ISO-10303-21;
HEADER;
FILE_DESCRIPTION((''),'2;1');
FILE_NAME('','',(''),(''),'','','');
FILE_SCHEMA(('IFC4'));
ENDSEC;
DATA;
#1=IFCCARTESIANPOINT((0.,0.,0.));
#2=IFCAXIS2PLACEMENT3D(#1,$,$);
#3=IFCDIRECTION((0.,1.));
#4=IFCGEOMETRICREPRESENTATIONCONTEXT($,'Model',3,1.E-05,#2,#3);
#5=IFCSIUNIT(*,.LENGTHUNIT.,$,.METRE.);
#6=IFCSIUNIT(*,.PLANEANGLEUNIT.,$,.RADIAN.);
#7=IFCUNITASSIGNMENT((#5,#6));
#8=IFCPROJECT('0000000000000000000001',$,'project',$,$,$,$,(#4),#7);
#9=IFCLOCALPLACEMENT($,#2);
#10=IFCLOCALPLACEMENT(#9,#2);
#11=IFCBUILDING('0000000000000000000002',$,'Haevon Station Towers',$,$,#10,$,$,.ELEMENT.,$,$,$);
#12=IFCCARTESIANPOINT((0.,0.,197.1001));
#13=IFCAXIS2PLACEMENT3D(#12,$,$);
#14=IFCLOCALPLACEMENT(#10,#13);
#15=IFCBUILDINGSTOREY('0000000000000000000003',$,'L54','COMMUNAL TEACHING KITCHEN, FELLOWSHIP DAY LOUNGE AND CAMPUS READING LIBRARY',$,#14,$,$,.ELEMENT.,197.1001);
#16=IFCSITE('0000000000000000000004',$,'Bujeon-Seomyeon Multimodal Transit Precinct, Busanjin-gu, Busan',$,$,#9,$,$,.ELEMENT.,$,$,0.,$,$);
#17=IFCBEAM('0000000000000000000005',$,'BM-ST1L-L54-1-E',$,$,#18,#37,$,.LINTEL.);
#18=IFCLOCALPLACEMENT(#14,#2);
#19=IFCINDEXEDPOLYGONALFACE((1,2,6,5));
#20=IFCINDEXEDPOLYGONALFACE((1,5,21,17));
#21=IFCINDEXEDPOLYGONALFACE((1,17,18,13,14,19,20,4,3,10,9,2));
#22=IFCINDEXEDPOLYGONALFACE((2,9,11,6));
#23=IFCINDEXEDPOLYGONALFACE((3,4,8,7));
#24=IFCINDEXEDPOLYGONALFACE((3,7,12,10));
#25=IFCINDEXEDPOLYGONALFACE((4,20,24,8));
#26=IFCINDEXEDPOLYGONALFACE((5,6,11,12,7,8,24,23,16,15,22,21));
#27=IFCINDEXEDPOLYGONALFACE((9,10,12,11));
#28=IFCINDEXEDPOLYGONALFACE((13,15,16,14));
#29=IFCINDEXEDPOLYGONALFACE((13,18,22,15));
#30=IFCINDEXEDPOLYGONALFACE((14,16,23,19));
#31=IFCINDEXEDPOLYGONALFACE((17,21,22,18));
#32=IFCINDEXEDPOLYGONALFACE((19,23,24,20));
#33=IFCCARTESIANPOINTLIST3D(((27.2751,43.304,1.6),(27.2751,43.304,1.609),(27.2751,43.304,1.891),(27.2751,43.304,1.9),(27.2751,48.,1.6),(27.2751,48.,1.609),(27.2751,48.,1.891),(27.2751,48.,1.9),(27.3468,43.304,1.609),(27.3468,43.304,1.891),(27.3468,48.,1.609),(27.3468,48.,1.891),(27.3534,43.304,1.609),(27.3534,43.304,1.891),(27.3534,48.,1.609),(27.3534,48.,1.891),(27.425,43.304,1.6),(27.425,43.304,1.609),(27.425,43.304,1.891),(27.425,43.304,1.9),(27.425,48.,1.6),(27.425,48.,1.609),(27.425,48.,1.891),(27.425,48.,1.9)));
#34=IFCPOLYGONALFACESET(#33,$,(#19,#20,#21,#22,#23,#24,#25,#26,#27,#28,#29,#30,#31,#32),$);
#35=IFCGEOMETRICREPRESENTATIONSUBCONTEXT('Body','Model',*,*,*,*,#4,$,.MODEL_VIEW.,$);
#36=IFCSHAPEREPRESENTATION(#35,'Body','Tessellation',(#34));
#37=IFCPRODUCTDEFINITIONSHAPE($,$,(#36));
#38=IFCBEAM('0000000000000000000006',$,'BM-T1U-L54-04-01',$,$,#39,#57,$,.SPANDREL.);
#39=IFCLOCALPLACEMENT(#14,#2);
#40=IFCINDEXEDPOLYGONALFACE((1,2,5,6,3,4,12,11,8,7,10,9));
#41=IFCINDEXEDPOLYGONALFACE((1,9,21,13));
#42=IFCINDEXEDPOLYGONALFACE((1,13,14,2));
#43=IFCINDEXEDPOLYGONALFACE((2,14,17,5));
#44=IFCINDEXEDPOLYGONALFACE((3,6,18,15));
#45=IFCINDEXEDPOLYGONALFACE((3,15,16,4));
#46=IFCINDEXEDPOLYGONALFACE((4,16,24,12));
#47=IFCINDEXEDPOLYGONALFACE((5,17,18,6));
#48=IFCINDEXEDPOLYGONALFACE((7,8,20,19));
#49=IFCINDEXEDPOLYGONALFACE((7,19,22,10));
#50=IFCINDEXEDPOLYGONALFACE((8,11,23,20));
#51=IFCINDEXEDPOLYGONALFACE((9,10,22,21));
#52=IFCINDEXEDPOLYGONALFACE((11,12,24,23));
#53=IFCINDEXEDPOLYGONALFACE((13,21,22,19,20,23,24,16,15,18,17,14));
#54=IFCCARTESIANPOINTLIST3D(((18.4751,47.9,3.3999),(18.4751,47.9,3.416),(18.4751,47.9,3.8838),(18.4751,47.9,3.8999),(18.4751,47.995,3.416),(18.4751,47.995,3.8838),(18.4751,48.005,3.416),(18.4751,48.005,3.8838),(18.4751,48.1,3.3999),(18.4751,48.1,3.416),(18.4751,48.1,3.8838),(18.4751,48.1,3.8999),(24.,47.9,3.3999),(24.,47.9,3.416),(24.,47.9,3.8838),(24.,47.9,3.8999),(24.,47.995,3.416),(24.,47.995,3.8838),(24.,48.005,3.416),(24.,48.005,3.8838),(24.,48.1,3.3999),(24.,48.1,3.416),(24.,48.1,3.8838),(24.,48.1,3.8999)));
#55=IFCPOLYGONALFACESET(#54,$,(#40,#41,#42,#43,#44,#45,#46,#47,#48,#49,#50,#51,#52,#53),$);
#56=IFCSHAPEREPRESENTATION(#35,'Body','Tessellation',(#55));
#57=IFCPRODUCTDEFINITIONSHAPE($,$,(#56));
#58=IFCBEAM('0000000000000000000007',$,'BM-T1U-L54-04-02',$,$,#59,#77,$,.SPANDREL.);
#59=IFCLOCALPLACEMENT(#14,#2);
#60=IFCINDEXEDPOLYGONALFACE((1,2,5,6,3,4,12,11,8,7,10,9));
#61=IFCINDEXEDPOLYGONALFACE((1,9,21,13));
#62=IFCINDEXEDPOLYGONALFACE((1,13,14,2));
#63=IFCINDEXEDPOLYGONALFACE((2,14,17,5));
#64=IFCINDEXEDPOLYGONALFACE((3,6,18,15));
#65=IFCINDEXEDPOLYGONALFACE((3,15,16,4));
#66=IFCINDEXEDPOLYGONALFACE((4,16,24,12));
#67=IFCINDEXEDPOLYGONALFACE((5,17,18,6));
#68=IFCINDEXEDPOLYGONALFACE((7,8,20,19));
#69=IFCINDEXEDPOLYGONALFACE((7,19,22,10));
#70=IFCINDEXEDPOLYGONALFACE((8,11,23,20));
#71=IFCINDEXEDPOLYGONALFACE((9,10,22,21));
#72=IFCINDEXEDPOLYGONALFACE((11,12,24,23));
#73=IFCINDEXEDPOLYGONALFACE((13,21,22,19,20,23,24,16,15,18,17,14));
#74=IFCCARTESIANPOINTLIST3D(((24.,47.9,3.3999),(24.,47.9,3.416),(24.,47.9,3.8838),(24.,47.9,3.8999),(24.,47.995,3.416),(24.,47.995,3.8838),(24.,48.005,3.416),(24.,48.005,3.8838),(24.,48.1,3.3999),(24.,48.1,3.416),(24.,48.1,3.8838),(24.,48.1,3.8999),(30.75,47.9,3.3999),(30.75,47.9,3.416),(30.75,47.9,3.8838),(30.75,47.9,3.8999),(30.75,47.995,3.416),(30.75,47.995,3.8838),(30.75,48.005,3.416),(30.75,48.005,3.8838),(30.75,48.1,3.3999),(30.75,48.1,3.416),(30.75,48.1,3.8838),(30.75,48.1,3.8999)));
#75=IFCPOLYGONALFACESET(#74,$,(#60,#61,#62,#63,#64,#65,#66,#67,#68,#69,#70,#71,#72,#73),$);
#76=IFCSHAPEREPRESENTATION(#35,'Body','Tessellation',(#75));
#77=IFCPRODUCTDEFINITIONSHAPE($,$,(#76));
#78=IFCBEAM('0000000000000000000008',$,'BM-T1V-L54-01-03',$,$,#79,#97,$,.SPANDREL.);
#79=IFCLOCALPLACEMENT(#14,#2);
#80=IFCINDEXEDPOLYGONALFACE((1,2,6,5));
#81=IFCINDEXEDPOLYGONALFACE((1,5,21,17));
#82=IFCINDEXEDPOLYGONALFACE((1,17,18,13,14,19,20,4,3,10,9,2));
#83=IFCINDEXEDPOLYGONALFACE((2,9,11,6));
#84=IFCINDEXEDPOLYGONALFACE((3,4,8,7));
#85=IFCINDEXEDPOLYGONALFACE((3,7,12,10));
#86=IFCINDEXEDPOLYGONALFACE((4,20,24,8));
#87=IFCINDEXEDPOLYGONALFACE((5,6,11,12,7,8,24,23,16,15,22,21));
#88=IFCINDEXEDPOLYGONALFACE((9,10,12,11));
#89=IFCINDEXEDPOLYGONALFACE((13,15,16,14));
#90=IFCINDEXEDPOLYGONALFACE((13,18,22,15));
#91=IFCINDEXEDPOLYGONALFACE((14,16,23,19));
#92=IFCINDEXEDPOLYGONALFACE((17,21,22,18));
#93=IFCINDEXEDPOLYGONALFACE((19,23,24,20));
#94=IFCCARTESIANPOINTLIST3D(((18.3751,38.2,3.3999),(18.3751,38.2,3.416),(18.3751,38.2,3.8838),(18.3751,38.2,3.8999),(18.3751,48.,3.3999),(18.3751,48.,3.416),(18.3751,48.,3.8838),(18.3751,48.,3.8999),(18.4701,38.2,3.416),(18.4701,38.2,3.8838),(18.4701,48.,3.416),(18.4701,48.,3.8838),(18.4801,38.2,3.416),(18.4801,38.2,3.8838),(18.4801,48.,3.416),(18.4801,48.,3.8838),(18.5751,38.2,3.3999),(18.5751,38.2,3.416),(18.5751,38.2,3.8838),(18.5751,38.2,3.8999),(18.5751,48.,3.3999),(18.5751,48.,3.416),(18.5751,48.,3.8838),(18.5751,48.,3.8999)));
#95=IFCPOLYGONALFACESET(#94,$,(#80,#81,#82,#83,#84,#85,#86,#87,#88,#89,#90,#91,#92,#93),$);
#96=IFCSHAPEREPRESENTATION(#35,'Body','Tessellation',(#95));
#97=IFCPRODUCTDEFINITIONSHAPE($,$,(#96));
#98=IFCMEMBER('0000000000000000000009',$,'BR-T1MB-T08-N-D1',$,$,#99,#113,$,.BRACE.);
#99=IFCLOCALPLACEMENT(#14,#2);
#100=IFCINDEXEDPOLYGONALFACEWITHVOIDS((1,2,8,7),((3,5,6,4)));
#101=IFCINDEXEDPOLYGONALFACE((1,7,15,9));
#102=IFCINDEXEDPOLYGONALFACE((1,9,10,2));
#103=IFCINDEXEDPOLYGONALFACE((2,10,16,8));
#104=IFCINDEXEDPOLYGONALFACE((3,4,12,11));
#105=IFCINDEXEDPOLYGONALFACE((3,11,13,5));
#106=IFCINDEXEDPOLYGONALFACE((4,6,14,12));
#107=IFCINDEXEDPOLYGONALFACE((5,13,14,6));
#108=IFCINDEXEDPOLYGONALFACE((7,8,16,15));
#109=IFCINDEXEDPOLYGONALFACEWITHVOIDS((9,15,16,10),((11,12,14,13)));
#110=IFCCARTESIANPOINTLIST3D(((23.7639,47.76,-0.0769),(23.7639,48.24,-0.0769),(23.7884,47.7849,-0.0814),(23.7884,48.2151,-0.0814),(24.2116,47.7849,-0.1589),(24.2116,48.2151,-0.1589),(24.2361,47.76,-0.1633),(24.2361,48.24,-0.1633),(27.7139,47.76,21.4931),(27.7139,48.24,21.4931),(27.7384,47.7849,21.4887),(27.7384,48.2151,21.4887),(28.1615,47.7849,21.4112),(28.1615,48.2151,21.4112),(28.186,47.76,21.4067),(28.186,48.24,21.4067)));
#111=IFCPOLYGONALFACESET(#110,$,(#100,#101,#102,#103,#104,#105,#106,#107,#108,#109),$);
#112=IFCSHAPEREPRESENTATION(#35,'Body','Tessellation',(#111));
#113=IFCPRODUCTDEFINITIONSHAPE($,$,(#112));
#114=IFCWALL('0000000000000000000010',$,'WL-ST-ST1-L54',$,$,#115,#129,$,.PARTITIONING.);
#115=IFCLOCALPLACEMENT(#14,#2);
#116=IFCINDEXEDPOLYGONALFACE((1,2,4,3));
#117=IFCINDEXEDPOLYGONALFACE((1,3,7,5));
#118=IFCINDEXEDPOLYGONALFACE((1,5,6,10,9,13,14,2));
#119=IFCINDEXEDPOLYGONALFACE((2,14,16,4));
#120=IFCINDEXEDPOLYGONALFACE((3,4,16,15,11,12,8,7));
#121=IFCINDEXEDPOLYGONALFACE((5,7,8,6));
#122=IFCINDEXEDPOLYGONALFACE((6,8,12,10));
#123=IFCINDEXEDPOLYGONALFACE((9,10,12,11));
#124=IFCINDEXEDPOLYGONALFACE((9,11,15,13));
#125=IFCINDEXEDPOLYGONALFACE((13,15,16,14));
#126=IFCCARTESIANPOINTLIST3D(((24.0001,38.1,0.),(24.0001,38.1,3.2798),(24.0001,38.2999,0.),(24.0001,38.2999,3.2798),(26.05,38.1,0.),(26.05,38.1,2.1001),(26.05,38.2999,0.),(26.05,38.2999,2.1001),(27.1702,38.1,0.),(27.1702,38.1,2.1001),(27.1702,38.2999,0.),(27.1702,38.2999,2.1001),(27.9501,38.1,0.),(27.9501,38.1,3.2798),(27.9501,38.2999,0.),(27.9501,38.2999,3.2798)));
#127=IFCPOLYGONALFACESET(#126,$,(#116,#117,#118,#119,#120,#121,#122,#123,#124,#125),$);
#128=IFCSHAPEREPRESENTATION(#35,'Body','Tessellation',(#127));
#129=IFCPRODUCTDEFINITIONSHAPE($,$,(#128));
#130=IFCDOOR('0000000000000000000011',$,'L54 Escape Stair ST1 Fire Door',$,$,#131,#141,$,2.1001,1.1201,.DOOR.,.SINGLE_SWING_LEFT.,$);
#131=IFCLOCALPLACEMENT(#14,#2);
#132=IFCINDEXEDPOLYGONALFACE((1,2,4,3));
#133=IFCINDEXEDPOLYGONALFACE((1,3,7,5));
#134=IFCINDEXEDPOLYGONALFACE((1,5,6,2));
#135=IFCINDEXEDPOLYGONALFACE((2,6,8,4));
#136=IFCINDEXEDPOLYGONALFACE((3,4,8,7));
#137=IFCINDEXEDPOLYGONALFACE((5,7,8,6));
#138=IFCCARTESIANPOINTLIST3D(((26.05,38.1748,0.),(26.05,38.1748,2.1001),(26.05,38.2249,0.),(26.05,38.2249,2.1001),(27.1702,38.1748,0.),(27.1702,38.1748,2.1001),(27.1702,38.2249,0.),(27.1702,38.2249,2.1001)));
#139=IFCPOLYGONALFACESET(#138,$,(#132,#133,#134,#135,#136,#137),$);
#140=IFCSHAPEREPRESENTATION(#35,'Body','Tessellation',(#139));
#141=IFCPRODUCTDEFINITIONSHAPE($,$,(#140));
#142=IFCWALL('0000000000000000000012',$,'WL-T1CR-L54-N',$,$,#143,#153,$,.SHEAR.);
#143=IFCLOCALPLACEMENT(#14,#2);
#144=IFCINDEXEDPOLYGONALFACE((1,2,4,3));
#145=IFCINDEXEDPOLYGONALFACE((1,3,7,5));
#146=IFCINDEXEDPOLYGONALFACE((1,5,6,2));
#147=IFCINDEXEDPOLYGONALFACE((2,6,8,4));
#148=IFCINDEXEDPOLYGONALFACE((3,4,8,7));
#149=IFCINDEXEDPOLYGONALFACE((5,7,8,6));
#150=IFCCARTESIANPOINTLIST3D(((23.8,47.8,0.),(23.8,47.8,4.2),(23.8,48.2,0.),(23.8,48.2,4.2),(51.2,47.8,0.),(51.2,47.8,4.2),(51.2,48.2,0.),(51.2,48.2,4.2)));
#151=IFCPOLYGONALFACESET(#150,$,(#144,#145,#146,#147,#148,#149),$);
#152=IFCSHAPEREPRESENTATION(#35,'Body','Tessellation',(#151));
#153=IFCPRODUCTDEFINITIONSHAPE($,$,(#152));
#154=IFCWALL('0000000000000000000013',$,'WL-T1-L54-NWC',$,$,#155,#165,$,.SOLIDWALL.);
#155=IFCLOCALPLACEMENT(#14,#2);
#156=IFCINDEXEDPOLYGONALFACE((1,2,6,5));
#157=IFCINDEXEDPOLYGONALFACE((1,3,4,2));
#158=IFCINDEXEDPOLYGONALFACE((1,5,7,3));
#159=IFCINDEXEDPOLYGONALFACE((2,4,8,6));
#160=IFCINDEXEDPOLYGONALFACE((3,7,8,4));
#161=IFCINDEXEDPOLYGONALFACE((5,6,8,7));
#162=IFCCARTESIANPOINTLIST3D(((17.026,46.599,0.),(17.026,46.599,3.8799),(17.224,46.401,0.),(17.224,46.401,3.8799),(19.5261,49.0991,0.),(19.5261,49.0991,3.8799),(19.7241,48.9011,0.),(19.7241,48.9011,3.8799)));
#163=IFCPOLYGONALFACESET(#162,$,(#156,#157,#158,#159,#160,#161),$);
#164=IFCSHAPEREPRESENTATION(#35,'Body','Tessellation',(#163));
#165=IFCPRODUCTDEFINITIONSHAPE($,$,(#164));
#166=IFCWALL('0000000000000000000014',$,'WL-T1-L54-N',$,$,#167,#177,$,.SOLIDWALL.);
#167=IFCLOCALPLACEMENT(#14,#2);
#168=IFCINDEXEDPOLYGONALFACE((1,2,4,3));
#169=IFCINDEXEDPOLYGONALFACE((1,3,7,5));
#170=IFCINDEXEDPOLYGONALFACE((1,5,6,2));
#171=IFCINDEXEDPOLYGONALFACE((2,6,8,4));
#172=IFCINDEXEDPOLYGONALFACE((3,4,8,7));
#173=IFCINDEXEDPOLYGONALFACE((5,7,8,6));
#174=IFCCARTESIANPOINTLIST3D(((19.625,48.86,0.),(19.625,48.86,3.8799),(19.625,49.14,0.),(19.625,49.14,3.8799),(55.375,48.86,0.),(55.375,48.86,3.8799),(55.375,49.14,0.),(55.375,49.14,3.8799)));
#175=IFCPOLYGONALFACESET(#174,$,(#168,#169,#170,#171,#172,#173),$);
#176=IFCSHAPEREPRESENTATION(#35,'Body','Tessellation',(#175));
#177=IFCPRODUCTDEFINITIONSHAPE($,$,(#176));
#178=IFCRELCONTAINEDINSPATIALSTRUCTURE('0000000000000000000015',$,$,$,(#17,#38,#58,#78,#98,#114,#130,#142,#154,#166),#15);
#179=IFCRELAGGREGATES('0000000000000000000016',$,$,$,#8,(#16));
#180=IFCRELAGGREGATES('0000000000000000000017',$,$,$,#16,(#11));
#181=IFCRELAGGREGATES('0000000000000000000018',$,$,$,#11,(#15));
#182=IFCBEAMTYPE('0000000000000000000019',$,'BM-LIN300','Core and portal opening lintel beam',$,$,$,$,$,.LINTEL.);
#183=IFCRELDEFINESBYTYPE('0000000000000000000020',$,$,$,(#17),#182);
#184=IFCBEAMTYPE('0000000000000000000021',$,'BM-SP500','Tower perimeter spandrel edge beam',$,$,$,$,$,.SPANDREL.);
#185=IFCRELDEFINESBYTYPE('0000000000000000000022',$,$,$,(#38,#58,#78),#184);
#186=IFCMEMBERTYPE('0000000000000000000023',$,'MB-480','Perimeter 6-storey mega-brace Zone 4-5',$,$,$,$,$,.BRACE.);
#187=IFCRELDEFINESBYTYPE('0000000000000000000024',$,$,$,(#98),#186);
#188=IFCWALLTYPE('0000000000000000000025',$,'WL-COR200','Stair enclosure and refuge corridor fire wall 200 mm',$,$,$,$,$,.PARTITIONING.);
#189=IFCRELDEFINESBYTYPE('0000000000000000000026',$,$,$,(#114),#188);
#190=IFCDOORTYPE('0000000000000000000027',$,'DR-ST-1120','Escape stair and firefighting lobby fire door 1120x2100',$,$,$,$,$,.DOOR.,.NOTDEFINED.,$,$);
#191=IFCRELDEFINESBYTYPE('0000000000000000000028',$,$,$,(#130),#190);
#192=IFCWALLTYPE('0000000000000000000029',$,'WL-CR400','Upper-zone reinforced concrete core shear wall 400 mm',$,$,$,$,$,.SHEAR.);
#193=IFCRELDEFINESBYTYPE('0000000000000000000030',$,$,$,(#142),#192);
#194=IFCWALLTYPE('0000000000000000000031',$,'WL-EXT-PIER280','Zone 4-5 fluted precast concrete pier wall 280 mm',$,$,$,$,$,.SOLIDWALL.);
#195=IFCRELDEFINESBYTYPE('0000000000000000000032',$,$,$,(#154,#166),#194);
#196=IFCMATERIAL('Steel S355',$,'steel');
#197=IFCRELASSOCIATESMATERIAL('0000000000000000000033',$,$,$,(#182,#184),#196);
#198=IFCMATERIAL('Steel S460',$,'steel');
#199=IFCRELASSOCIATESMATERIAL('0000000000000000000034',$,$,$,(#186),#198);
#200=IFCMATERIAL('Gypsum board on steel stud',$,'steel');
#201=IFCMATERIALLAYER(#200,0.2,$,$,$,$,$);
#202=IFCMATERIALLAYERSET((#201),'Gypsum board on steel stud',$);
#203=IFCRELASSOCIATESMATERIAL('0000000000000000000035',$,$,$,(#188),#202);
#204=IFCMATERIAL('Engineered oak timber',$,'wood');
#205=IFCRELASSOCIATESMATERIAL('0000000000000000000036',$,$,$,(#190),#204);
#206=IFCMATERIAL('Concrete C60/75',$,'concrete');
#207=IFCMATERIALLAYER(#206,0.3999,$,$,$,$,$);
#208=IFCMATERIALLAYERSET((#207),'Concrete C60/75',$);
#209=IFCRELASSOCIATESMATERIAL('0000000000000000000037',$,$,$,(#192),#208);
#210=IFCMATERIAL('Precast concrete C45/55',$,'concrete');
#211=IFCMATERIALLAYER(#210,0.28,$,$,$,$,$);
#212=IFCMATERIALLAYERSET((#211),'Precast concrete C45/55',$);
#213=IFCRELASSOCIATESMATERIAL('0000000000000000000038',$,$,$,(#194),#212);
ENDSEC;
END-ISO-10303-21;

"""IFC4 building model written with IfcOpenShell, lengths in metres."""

from ifc_helpers import new_model, si_unit, direction, frame, frame_2d, origin, origin_2d, place, context, subcontext, project, spatial, rectangle, hollow_rectangle, i_section, extrude, material, layer, layer_set, material_profile, profile_set, type_object, element, fill, save


model = new_model("IFC4")

# Units and contexts
model_context = context("Model", 3, precision=1e-05, world=origin(), true_north=direction((0.0, 1.0)))
body_context = subcontext(model_context, "Body", "Model", "MODEL_VIEW")
ifc_project = project(units=[si_unit("LENGTHUNIT", "METRE"), si_unit("PLANEANGLEUNIT", "RADIAN")], contexts=[model_context])

# Site, building, storey
site_placement = place(None, origin())
site = spatial("IfcSite", under=ifc_project, at=site_placement, Name="Bujeon-Seomyeon Multimodal Transit Precinct, Busanjin-gu, Busan", CompositionType="ELEMENT", RefElevation=0.0)
building_placement = place(site_placement, origin())
building = spatial("IfcBuilding", under=site, at=building_placement, Name="Haevon Station Towers", CompositionType="ELEMENT")
storey_placement = place(building_placement, frame((0.0, 0.0, 197.1001)))
storey = spatial("IfcBuildingStorey", under=building, at=storey_placement, Name="L54", Description="COMMUNAL TEACHING KITCHEN, FELLOWSHIP DAY LOUNGE AND CAMPUS READING LIBRARY", CompositionType="ELEMENT", Elevation=197.1001)

# Shared definitions
ifc_material_1 = material(Name="Steel S460", Category="steel")
ifc_material_2 = material(Name="Steel S355", Category="steel")

# Beams
ifc_material_profile_1 = material_profile(ifc_material_2, i_section(OverallWidth=0.1499, OverallDepth=0.3, WebThickness=0.0066, FlangeThickness=0.009, at=origin_2d()), Name="H-300x150x6.5x9")
ifc_profile_set_1 = profile_set([ifc_material_profile_1], Name="Steel S355")
beam_type_1 = type_object("IfcBeamType", Name="BM-LIN300", Description="Core and portal opening lintel beam", PredefinedType="LINTEL", material=ifc_profile_set_1)
for number, where, z_axis, x_axis, name in (
    (1, (27.3501, 43.304, 1.75), (0.0, 1.0, 0.0), (-1.0, 0.0, 0.0), "BM-ST1L-L54-1-E"),
):
    element("IfcBeam", number, at=place(storey_placement, frame(where, z_axis=z_axis, x_axis=x_axis)), inside=storey, type_object=beam_type_1, Name=name, PredefinedType="LINTEL", context=body_context, shape_type="SweptSolid", body=[
        extrude(i_section(OverallWidth=0.1499, OverallDepth=0.3, WebThickness=0.0066, FlangeThickness=0.009, at=origin_2d()), origin(), (0.0, 0.0, 1.0), 4.696),
    ])
ifc_material_profile_2 = material_profile(ifc_material_2, i_section(OverallWidth=0.2, OverallDepth=0.5, WebThickness=0.01, FlangeThickness=0.0161, at=origin_2d()), Name="H-500x200x10x16")
ifc_profile_set_2 = profile_set([ifc_material_profile_2], Name="Steel S355")
beam_type_2 = type_object("IfcBeamType", Name="BM-SP500", Description="Tower perimeter spandrel edge beam", PredefinedType="SPANDREL", material=ifc_profile_set_2)
beam_1_placement = place(storey_placement, frame((18.4751, 48.0, 3.6499), z_axis=(1.0, 0.0, 0.0), x_axis=(0.0, 1.0, 0.0)))
element("IfcBeam", 2, at=beam_1_placement, inside=storey, type_object=beam_type_2, Name="BM-T1U-L54-04-01", PredefinedType="SPANDREL", context=body_context, shape_type="SweptSolid", body=[
    extrude(i_section(OverallWidth=0.2, OverallDepth=0.5, WebThickness=0.01, FlangeThickness=0.0161, at=origin_2d()), origin(), (0.0, 0.0, 1.0), 5.5249),
])
beam_2_placement = place(storey_placement, frame((24.0, 48.0, 3.6499), z_axis=(1.0, 0.0, 0.0), x_axis=(0.0, 1.0, 0.0)))
element("IfcBeam", 3, at=beam_2_placement, inside=storey, type_object=beam_type_2, Name="BM-T1U-L54-04-02", PredefinedType="SPANDREL", context=body_context, shape_type="SweptSolid", body=[
    extrude(i_section(OverallWidth=0.2, OverallDepth=0.5, WebThickness=0.01, FlangeThickness=0.0161, at=origin_2d()), origin(), (0.0, 0.0, 1.0), 6.75),
])
beam_3_placement = place(storey_placement, frame((18.4751, 38.2, 3.6499), z_axis=(0.0, 1.0, 0.0), x_axis=(-1.0, 0.0, 0.0)))
element("IfcBeam", 4, at=beam_3_placement, inside=storey, type_object=beam_type_2, Name="BM-T1V-L54-01-03", PredefinedType="SPANDREL", context=body_context, shape_type="SweptSolid", body=[
    extrude(i_section(OverallWidth=0.2, OverallDepth=0.5, WebThickness=0.01, FlangeThickness=0.0161, at=origin_2d()), origin(), (0.0, 0.0, 1.0), 9.8),
])

# Member
ifc_material_profile_3 = material_profile(ifc_material_1, hollow_rectangle(XDim=0.48, YDim=0.48, WallThickness=0.0249, at=origin_2d()), Name="RHS-480x480x25")
ifc_profile_set_3 = profile_set([ifc_material_profile_3], Name="Steel S460")
member_type = type_object("IfcMemberType", Name="MB-480", Description="Perimeter 6-storey mega-brace Zone 4-5", PredefinedType="BRACE", material=ifc_profile_set_3)
member_placement = place(storey_placement, frame((24.0, 48.0, -0.1201), z_axis=(0.180127, 0.0, 0.983643), x_axis=(0.0, 1.0, 0.0)))
element("IfcMember", 5, at=member_placement, inside=storey, type_object=member_type, Name="BR-T1MB-T08-N-D1", PredefinedType="BRACE", context=body_context, shape_type="SweptSolid", body=[
    extrude(hollow_rectangle(XDim=0.48, YDim=0.48, WallThickness=0.0249, at=origin_2d()), origin(), (0.0, 0.0, 1.0), 21.9287),
])

# Wall, opening, door
ifc_material_3 = material(Name="Gypsum board on steel stud", Category="steel")
ifc_layer_1 = layer(ifc_material_3, 0.2)
ifc_layer_set_1 = layer_set([ifc_layer_1], Name="Gypsum board on steel stud")
wall_type_1 = type_object("IfcWallType", Name="WL-COR200", Description="Stair enclosure and refuge corridor fire wall 200 mm", PredefinedType="PARTITIONING", material=ifc_layer_set_1)
wall_1_placement = place(storey_placement, frame((24.0, 38.2, 0.0), z_axis=(0.0, 0.0, 1.0), x_axis=(1.0, 0.0, 0.0)))
wall_1 = element("IfcWall", 6, at=wall_1_placement, inside=storey, type_object=wall_type_1, Name="WL-ST-ST1-L54", PredefinedType="PARTITIONING", context=body_context, shape_type="SweptSolid", body=[
    extrude(rectangle(XDim=3.95, YDim=0.2, at=frame_2d((1.9751, 0.0))), origin(), (0.0, 0.0, 1.0), 3.2798),
])
opening_placement = place(wall_1_placement, frame((2.05, 0.0, 0.0)))
opening = element("IfcOpeningElement", 7, at=opening_placement, cuts=wall_1, PredefinedType="OPENING", context=body_context, shape_type="SweptSolid", body=[
    extrude(rectangle(XDim=1.1201, YDim=2.1001, at=frame_2d((0.5601, 1.05))), frame((0.0, 0.1099, 0.0), z_axis=(0.0, -1.0, 0.0), x_axis=(1.0, 0.0, 0.0)), (0.0, 0.0, 1.0), 0.22),
])
ifc_material_4 = material(Name="Engineered oak timber", Category="wood")
door_type = type_object("IfcDoorType", Name="DR-ST-1120", Description="Escape stair and firefighting lobby fire door 1120x2100", OperationType="NOTDEFINED", PredefinedType="DOOR", material=ifc_material_4)
door_placement = place(opening_placement, origin())
door = element("IfcDoor", 8, at=door_placement, inside=storey, type_object=door_type, Name="L54 Escape Stair ST1 Fire Door", OperationType="SINGLE_SWING_LEFT", OverallHeight=2.1001, OverallWidth=1.1201, PredefinedType="DOOR", context=body_context, shape_type="SweptSolid", body=[
    extrude(rectangle(XDim=1.1201, YDim=2.1001, at=frame_2d((0.5601, 1.05))), frame((0.0, 0.0249, 0.0), z_axis=(0.0, -1.0, 0.0), x_axis=(1.0, 0.0, 0.0)), (0.0, 0.0, 1.0), 0.05),
])
fill(opening, door)

# Walls
ifc_material_5 = material(Name="Concrete C60/75", Category="concrete")
ifc_layer_2 = layer(ifc_material_5, 0.3999)
ifc_layer_set_2 = layer_set([ifc_layer_2], Name="Concrete C60/75")
wall_type_2 = type_object("IfcWallType", Name="WL-CR400", Description="Upper-zone reinforced concrete core shear wall 400 mm", PredefinedType="SHEAR", material=ifc_layer_set_2)
wall_2_placement = place(storey_placement, frame((23.8, 48.0, 0.0), z_axis=(0.0, 0.0, 1.0), x_axis=(1.0, 0.0, 0.0)))
element("IfcWall", 9, at=wall_2_placement, inside=storey, type_object=wall_type_2, Name="WL-T1CR-L54-N", PredefinedType="SHEAR", context=body_context, shape_type="SweptSolid", body=[
    extrude(rectangle(XDim=27.3999, YDim=0.3999, at=frame_2d((13.7, 0.0))), origin(), (0.0, 0.0, 1.0), 4.2),
])
ifc_material_6 = material(Name="Precast concrete C45/55", Category="concrete")
ifc_layer_3 = layer(ifc_material_6, 0.28)
ifc_layer_set_3 = layer_set([ifc_layer_3], Name="Precast concrete C45/55")
wall_type_3 = type_object("IfcWallType", Name="WL-EXT-PIER280", Description="Zone 4-5 fluted precast concrete pier wall 280 mm", PredefinedType="SOLIDWALL", material=ifc_layer_set_3)
wall_3_placement = place(storey_placement, frame((17.125, 46.5, 0.0), z_axis=(0.0, 0.0, 1.0), x_axis=(0.707107, 0.707107, 0.0)))
element("IfcWall", 10, at=wall_3_placement, inside=storey, type_object=wall_type_3, Name="WL-T1-L54-NWC", PredefinedType="SOLIDWALL", context=body_context, shape_type="SweptSolid", body=[
    extrude(rectangle(XDim=3.5356, YDim=0.28, at=frame_2d((1.7678, 0.0))), origin(), (0.0, 0.0, 1.0), 3.8799),
])
wall_4_placement = place(storey_placement, frame((19.625, 49.0, 0.0), z_axis=(0.0, 0.0, 1.0), x_axis=(1.0, 0.0, 0.0)))
element("IfcWall", 11, at=wall_4_placement, inside=storey, type_object=wall_type_3, Name="WL-T1-L54-N", PredefinedType="SOLIDWALL", context=body_context, shape_type="SweptSolid", body=[
    extrude(rectangle(XDim=35.75, YDim=0.28, at=frame_2d((17.875, 0.0))), origin(), (0.0, 0.0, 1.0), 3.8799),
])

save(model, "model.ifc")
